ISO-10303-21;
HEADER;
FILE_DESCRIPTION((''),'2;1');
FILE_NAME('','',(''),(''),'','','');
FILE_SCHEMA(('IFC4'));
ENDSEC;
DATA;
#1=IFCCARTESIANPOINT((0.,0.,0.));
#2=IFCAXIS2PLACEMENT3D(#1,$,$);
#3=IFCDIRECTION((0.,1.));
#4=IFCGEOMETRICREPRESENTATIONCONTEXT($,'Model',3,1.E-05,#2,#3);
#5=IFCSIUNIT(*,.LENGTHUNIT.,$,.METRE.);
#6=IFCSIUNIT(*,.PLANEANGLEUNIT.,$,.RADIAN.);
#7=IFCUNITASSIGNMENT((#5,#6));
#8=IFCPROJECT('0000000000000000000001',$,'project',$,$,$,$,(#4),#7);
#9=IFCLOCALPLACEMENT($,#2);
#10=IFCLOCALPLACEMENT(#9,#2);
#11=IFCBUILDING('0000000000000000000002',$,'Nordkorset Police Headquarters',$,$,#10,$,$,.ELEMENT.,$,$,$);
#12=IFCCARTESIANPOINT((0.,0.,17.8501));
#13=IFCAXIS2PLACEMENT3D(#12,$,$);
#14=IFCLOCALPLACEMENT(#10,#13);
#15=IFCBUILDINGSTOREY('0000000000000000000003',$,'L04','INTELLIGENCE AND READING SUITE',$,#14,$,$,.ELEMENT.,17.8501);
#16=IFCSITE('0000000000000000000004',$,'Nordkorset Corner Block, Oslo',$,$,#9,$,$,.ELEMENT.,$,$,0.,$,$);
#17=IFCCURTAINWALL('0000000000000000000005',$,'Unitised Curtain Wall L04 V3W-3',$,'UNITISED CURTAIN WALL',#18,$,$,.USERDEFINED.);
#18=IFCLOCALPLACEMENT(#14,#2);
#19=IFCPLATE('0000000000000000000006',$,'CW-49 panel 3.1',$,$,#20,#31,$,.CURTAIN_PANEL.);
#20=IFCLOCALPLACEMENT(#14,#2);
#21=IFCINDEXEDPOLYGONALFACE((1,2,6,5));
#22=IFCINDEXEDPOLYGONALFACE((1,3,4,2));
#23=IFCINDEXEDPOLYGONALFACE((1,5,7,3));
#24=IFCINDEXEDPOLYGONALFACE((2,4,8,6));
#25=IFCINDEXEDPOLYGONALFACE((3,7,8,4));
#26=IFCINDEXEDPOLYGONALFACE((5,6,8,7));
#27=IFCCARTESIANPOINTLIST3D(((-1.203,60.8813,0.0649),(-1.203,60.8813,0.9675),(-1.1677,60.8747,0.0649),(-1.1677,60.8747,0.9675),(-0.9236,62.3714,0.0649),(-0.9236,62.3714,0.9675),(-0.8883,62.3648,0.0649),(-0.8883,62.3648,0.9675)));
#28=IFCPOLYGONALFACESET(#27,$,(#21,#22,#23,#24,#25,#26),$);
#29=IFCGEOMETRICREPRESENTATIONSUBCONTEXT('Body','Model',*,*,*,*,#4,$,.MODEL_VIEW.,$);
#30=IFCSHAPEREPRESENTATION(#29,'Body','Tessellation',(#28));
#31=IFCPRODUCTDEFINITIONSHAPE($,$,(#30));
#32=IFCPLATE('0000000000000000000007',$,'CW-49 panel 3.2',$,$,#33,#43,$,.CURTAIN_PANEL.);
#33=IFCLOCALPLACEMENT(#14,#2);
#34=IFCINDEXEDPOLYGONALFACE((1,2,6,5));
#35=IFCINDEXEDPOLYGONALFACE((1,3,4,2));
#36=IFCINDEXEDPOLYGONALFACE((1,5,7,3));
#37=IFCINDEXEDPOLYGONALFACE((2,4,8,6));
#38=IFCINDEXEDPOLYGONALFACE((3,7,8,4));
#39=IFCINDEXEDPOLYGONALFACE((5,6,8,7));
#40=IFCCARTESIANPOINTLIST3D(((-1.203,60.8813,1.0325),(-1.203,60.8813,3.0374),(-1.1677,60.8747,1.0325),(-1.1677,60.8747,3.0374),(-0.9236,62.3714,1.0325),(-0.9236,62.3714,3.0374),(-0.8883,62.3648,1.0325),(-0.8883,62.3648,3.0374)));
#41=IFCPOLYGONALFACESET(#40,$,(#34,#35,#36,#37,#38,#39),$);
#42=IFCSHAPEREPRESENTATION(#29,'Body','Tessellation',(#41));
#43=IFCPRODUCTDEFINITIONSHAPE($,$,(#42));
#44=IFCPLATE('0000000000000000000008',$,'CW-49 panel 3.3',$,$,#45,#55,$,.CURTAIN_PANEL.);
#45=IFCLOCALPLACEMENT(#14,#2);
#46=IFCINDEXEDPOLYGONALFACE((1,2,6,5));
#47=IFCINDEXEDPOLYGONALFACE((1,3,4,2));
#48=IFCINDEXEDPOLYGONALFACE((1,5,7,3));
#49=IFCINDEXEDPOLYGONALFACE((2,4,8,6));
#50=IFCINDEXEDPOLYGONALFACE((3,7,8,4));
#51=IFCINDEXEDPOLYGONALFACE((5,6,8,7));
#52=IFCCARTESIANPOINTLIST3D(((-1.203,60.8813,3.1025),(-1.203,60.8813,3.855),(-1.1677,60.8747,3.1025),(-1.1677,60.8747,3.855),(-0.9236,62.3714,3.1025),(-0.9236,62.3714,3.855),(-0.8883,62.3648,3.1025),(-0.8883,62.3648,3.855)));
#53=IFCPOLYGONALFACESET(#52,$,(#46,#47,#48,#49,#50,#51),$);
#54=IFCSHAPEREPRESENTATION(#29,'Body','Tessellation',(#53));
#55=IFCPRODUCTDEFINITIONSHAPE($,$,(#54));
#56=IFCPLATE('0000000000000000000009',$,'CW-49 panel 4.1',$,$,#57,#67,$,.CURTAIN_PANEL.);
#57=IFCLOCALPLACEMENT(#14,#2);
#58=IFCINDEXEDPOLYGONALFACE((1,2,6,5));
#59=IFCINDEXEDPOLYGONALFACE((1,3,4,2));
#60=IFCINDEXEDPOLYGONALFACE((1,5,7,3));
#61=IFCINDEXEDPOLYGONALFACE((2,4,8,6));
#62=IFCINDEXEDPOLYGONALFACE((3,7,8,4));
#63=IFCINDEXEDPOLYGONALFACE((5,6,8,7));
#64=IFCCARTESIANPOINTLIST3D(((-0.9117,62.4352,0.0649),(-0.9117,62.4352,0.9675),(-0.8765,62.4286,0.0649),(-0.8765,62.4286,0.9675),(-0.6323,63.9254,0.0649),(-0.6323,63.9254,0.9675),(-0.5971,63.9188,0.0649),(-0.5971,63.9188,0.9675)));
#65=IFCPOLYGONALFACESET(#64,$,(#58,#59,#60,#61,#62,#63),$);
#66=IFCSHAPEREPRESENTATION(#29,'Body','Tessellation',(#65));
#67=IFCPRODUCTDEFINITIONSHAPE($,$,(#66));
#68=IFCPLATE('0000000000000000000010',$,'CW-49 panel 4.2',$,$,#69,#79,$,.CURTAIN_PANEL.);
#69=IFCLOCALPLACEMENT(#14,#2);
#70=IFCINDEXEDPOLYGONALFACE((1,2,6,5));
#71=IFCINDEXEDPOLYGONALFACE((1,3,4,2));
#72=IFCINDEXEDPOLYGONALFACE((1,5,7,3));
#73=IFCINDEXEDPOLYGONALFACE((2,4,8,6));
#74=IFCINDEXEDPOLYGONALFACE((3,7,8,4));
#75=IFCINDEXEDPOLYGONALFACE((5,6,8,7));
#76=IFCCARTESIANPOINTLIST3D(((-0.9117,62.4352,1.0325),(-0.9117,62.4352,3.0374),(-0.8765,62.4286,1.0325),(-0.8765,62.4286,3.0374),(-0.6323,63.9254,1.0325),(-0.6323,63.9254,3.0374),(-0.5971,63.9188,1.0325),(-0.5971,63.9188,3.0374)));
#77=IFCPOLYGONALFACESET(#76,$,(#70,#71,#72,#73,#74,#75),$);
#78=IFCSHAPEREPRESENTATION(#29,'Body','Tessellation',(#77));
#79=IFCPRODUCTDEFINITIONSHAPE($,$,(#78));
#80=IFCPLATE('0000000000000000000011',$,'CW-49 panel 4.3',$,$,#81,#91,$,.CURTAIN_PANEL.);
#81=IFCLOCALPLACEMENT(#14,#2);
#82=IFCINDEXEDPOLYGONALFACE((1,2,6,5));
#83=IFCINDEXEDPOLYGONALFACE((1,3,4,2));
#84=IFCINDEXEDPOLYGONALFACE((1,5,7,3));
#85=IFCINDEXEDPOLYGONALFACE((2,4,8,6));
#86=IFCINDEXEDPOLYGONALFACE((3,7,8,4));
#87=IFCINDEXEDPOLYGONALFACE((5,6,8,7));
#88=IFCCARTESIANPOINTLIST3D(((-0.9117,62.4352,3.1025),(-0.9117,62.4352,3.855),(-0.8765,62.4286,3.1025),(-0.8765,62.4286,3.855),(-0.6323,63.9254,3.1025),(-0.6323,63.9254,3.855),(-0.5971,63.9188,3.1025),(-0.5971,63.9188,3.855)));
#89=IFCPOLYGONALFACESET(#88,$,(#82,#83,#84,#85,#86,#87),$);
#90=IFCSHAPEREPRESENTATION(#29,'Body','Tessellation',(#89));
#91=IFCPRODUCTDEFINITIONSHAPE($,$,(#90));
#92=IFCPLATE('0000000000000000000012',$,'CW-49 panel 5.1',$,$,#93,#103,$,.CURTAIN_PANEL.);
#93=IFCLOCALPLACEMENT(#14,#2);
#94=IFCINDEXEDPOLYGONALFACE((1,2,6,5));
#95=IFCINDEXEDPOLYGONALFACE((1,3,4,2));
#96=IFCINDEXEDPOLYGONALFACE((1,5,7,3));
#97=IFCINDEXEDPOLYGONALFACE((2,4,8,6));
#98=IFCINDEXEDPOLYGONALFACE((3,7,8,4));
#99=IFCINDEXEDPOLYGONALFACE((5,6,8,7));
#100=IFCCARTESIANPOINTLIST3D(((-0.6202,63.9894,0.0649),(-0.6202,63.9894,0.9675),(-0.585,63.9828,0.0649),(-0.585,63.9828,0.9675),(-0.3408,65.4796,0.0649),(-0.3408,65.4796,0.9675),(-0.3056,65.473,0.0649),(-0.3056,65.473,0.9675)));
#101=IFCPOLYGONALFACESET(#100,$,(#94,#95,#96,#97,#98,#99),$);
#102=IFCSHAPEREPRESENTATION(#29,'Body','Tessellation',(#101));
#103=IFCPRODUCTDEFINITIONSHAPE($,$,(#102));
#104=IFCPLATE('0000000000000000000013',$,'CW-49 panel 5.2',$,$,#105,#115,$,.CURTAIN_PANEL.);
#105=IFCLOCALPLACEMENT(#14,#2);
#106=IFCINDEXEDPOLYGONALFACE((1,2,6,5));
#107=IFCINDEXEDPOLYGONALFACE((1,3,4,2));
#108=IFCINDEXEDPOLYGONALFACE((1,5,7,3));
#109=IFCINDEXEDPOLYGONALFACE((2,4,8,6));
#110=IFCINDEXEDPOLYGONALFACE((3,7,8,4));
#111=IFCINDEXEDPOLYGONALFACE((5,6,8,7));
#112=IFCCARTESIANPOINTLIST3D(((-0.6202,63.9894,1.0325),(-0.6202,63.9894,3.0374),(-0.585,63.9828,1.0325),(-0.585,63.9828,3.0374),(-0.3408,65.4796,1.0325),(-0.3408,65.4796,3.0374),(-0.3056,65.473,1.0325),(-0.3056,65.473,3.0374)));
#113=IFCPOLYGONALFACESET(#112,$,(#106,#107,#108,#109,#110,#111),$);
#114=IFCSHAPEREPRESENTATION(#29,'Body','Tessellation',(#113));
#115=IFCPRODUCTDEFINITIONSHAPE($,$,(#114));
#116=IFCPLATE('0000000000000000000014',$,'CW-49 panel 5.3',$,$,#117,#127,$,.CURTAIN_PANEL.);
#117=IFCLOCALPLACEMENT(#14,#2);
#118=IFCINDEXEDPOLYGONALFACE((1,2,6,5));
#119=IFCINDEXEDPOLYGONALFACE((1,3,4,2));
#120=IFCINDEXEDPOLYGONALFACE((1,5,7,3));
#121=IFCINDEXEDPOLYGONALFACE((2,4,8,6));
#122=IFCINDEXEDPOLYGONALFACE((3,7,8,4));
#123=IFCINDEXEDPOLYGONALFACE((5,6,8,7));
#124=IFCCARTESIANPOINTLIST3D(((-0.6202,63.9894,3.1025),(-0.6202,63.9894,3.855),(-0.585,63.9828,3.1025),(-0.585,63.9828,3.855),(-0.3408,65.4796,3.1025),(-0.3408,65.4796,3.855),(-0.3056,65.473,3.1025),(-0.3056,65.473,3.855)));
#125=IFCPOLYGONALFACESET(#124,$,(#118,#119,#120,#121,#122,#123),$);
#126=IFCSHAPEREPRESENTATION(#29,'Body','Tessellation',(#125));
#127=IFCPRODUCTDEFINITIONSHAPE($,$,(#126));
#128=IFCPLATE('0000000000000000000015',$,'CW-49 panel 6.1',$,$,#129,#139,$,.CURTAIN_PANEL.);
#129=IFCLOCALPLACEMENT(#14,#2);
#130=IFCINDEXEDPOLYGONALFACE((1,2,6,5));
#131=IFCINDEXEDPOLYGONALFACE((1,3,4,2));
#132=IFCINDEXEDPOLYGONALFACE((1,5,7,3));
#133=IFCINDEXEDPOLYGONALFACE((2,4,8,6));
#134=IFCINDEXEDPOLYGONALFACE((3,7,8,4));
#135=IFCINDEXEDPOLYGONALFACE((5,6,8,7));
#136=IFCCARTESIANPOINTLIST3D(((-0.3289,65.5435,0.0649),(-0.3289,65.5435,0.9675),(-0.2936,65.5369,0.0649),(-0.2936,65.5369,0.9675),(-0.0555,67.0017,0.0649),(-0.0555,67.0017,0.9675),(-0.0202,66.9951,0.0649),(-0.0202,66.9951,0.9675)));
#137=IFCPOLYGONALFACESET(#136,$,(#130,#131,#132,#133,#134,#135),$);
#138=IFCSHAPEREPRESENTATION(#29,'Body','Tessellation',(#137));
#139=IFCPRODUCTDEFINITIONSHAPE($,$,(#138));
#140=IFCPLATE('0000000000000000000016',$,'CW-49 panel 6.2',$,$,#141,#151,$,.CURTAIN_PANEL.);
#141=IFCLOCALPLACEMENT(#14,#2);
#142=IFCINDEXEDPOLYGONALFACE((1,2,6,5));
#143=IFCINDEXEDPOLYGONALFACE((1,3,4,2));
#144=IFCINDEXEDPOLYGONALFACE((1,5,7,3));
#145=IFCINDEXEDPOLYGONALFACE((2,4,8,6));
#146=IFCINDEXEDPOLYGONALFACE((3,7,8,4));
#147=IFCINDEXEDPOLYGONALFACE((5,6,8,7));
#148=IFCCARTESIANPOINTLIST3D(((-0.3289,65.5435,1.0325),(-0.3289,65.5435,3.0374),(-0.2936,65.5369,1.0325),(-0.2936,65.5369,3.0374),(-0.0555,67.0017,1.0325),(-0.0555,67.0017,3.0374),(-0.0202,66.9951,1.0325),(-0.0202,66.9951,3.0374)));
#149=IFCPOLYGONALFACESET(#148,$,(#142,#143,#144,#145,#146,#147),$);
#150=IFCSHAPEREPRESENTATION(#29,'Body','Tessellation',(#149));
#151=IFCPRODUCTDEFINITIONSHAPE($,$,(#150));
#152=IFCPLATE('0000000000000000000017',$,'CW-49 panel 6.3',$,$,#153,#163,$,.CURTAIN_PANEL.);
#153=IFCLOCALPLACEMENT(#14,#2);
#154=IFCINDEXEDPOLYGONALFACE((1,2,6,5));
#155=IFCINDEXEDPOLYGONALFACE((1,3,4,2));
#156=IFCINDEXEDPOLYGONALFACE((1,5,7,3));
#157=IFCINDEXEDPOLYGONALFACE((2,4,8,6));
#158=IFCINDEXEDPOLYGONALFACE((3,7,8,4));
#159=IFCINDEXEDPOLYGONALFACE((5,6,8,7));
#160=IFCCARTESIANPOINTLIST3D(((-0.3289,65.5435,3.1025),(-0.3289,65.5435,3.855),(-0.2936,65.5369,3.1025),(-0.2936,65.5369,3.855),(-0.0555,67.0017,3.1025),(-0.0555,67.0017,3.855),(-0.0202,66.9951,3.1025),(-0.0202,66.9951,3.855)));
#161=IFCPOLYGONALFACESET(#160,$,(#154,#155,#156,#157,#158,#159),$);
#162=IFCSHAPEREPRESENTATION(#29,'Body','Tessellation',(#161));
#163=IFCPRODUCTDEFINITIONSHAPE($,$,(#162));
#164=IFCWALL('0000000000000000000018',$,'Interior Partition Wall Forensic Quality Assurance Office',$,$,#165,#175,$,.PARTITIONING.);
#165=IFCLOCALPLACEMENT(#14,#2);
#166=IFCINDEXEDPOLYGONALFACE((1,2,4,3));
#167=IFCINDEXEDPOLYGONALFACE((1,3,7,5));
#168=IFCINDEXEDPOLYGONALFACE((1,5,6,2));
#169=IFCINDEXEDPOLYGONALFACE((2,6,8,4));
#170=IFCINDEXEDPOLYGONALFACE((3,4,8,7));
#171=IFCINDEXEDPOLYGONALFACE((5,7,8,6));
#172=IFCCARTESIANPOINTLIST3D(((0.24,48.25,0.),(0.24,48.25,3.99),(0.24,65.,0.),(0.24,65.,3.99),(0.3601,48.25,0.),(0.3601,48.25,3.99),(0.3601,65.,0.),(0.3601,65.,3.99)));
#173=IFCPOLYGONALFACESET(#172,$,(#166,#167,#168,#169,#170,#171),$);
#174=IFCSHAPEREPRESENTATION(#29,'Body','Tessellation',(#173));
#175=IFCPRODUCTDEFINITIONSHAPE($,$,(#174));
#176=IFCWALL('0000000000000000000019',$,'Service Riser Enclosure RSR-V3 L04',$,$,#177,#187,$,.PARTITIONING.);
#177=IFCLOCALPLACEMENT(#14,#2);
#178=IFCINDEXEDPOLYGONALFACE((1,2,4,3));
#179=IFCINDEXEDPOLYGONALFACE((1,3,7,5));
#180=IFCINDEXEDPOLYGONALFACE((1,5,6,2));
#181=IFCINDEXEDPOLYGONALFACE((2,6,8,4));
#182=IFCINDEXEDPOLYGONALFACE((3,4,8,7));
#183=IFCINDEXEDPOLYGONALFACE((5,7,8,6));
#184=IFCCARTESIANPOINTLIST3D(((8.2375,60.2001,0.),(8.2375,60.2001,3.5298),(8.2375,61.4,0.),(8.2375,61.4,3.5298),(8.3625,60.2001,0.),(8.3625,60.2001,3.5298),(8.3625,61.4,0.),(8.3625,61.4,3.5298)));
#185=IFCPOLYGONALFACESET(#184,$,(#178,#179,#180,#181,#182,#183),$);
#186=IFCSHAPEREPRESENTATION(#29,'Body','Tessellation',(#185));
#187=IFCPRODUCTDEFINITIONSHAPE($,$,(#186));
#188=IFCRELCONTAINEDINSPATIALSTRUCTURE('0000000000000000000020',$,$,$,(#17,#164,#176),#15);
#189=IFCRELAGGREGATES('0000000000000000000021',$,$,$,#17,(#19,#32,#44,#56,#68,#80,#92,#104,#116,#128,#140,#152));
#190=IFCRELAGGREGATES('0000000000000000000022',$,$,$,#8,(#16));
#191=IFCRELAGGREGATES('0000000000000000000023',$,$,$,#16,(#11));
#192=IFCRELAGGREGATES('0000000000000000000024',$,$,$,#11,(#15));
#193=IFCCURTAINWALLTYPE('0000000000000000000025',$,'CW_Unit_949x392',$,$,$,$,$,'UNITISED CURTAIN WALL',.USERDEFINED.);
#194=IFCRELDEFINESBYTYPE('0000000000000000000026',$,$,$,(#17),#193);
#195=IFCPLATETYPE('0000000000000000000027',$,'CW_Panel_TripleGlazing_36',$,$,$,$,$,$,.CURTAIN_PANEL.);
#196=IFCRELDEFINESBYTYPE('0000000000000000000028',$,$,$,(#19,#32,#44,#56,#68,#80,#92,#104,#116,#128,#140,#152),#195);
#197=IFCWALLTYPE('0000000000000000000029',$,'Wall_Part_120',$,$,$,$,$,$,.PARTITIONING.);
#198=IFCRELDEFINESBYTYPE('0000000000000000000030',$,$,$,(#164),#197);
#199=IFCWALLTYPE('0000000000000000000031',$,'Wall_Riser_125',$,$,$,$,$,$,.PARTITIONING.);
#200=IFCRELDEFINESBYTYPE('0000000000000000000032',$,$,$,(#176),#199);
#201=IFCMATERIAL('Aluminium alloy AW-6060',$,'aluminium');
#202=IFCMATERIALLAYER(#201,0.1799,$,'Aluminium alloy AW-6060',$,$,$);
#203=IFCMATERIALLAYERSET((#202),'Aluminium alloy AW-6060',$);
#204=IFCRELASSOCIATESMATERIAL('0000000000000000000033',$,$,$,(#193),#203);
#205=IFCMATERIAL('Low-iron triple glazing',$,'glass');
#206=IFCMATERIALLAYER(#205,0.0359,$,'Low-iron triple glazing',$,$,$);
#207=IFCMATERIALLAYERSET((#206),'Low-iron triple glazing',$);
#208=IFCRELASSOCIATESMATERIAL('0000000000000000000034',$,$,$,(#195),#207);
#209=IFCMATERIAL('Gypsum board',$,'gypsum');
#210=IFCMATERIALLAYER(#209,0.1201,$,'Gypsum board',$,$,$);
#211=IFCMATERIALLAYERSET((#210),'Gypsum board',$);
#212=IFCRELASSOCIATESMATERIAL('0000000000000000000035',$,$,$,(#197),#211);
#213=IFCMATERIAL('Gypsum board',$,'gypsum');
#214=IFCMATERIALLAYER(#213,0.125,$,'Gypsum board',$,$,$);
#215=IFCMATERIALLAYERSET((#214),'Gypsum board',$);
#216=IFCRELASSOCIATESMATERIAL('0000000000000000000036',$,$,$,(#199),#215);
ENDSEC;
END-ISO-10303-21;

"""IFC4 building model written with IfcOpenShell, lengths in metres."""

from ifc_helpers import new_model, si_unit, direction, frame, frame_2d, origin, origin_2d, place, context, subcontext, project, spatial, rectangle, extrude, material, layer, layer_set, type_object, element, aggregate, save


model = new_model("IFC4")

# Units and contexts
model_context = context("Model", 3, precision=1e-05, world=origin(), true_north=direction((0.0, 1.0)))
body_context = subcontext(model_context, "Body", "Model", "MODEL_VIEW")
ifc_project = project(units=[si_unit("LENGTHUNIT", "METRE"), si_unit("PLANEANGLEUNIT", "RADIAN")], contexts=[model_context])

# Site, building, storey
site_placement = place(None, origin())
site = spatial("IfcSite", under=ifc_project, at=site_placement, Name="Nordkorset Corner Block, Oslo", CompositionType="ELEMENT", RefElevation=0.0)
building_placement = place(site_placement, origin())
building = spatial("IfcBuilding", under=site, at=building_placement, Name="Nordkorset Police Headquarters", CompositionType="ELEMENT")
storey_placement = place(building_placement, frame((0.0, 0.0, 17.8501)))
storey = spatial("IfcBuildingStorey", under=building, at=storey_placement, Name="L04", Description="INTELLIGENCE AND READING SUITE", CompositionType="ELEMENT", Elevation=17.8501)

# Curtain wall
ifc_material_1 = material(Name="Aluminium alloy AW-6060", Category="aluminium")
ifc_layer_1 = layer(ifc_material_1, 0.1799, Name="Aluminium alloy AW-6060")
ifc_layer_set_1 = layer_set([ifc_layer_1], Name="Aluminium alloy AW-6060")
curtain_wall_type = type_object("IfcCurtainWallType", Name="CW_Unit_949x392", ElementType="UNITISED CURTAIN WALL", PredefinedType="USERDEFINED", material=ifc_layer_set_1)
curtain_wall_placement = place(storey_placement, origin())
curtain_wall = element("IfcCurtainWall", 1, at=curtain_wall_placement, inside=storey, type_object=curtain_wall_type, Name="Unitised Curtain Wall L04 V3W-3", ObjectType="UNITISED CURTAIN WALL", PredefinedType="USERDEFINED")

# Plates
ifc_material_2 = material(Name="Low-iron triple glazing", Category="glass")
ifc_layer_2 = layer(ifc_material_2, 0.0359, Name="Low-iron triple glazing")
ifc_layer_set_2 = layer_set([ifc_layer_2], Name="Low-iron triple glazing")
plate_type = type_object("IfcPlateType", Name="CW_Panel_TripleGlazing_36", PredefinedType="CURTAIN_PANEL", material=ifc_layer_set_2)
plate_1_placement = place(storey_placement, frame((-1.0457, 61.623, 0.0649), z_axis=(0.0, 0.0, 1.0), x_axis=(0.184289, 0.982872, 0.0)))
plate_1 = element("IfcPlate", 2, at=plate_1_placement, type_object=plate_type, Name="CW-49 panel 3.1", PredefinedType="CURTAIN_PANEL", context=body_context, shape_type="SweptSolid", body=[
    extrude(rectangle(XDim=1.5161, YDim=0.0359, at=origin_2d()), origin(), (0.0, 0.0, 1.0), 0.9026),
])
plate_2_placement = place(storey_placement, frame((-1.0457, 61.623, 1.0325), z_axis=(0.0, 0.0, 1.0), x_axis=(0.184289, 0.982872, 0.0)))
plate_2 = element("IfcPlate", 3, at=plate_2_placement, type_object=plate_type, Name="CW-49 panel 3.2", PredefinedType="CURTAIN_PANEL", context=body_context, shape_type="SweptSolid", body=[
    extrude(rectangle(XDim=1.5161, YDim=0.0359, at=origin_2d()), origin(), (0.0, 0.0, 1.0), 2.0049),
])
plate_3_placement = place(storey_placement, frame((-1.0457, 61.623, 3.1025), z_axis=(0.0, 0.0, 1.0), x_axis=(0.184289, 0.982872, 0.0)))
plate_3 = element("IfcPlate", 4, at=plate_3_placement, type_object=plate_type, Name="CW-49 panel 3.3", PredefinedType="CURTAIN_PANEL", context=body_context, shape_type="SweptSolid", body=[
    extrude(rectangle(XDim=1.5161, YDim=0.0359, at=origin_2d()), origin(), (0.0, 0.0, 1.0), 0.7524),
])
plate_4_placement = place(storey_placement, frame((-0.7544, 63.177, 0.0649), z_axis=(0.0, 0.0, 1.0), x_axis=(0.184289, 0.982872, 0.0)))
plate_4 = element("IfcPlate", 5, at=plate_4_placement, type_object=plate_type, Name="CW-49 panel 4.1", PredefinedType="CURTAIN_PANEL", context=body_context, shape_type="SweptSolid", body=[
    extrude(rectangle(XDim=1.5161, YDim=0.0359, at=origin_2d()), origin(), (0.0, 0.0, 1.0), 0.9026),
])
plate_5_placement = place(storey_placement, frame((-0.7544, 63.177, 1.0325), z_axis=(0.0, 0.0, 1.0), x_axis=(0.184289, 0.982872, 0.0)))
plate_5 = element("IfcPlate", 6, at=plate_5_placement, type_object=plate_type, Name="CW-49 panel 4.2", PredefinedType="CURTAIN_PANEL", context=body_context, shape_type="SweptSolid", body=[
    extrude(rectangle(XDim=1.5161, YDim=0.0359, at=origin_2d()), origin(), (0.0, 0.0, 1.0), 2.0049),
])
plate_6_placement = place(storey_placement, frame((-0.7544, 63.177, 3.1025), z_axis=(0.0, 0.0, 1.0), x_axis=(0.184289, 0.982872, 0.0)))
plate_6 = element("IfcPlate", 7, at=plate_6_placement, type_object=plate_type, Name="CW-49 panel 4.3", PredefinedType="CURTAIN_PANEL", context=body_context, shape_type="SweptSolid", body=[
    extrude(rectangle(XDim=1.5161, YDim=0.0359, at=origin_2d()), origin(), (0.0, 0.0, 1.0), 0.7524),
])
plate_7_placement = place(storey_placement, frame((-0.4629, 64.7312, 0.0649), z_axis=(0.0, 0.0, 1.0), x_axis=(0.184289, 0.982872, 0.0)))
plate_7 = element("IfcPlate", 8, at=plate_7_placement, type_object=plate_type, Name="CW-49 panel 5.1", PredefinedType="CURTAIN_PANEL", context=body_context, shape_type="SweptSolid", body=[
    extrude(rectangle(XDim=1.5161, YDim=0.0359, at=origin_2d()), origin(), (0.0, 0.0, 1.0), 0.9026),
])
plate_8_placement = place(storey_placement, frame((-0.4629, 64.7312, 1.0325), z_axis=(0.0, 0.0, 1.0), x_axis=(0.184289, 0.982872, 0.0)))
plate_8 = element("IfcPlate", 9, at=plate_8_placement, type_object=plate_type, Name="CW-49 panel 5.2", PredefinedType="CURTAIN_PANEL", context=body_context, shape_type="SweptSolid", body=[
    extrude(rectangle(XDim=1.5161, YDim=0.0359, at=origin_2d()), origin(), (0.0, 0.0, 1.0), 2.0049),
])
plate_9_placement = place(storey_placement, frame((-0.4629, 64.7312, 3.1025), z_axis=(0.0, 0.0, 1.0), x_axis=(0.184289, 0.982872, 0.0)))
plate_9 = element("IfcPlate", 10, at=plate_9_placement, type_object=plate_type, Name="CW-49 panel 5.3", PredefinedType="CURTAIN_PANEL", context=body_context, shape_type="SweptSolid", body=[
    extrude(rectangle(XDim=1.5161, YDim=0.0359, at=origin_2d()), origin(), (0.0, 0.0, 1.0), 0.7524),
])
plate_10_placement = place(storey_placement, frame((-0.1746, 66.2693, 0.0649), z_axis=(0.0, 0.0, 1.0), x_axis=(0.184289, 0.982872, 0.0)))
plate_10 = element("IfcPlate", 11, at=plate_10_placement, type_object=plate_type, Name="CW-49 panel 6.1", PredefinedType="CURTAIN_PANEL", context=body_context, shape_type="SweptSolid", body=[
    extrude(rectangle(XDim=1.4836, YDim=0.0359, at=origin_2d()), origin(), (0.0, 0.0, 1.0), 0.9026),
])
plate_11_placement = place(storey_placement, frame((-0.1746, 66.2693, 1.0325), z_axis=(0.0, 0.0, 1.0), x_axis=(0.184289, 0.982872, 0.0)))
plate_11 = element("IfcPlate", 12, at=plate_11_placement, type_object=plate_type, Name="CW-49 panel 6.2", PredefinedType="CURTAIN_PANEL", context=body_context, shape_type="SweptSolid", body=[
    extrude(rectangle(XDim=1.4836, YDim=0.0359, at=origin_2d()), origin(), (0.0, 0.0, 1.0), 2.0049),
])
plate_12_placement = place(storey_placement, frame((-0.1746, 66.2693, 3.1025), z_axis=(0.0, 0.0, 1.0), x_axis=(0.184289, 0.982872, 0.0)))
plate_12 = element("IfcPlate", 13, at=plate_12_placement, type_object=plate_type, Name="CW-49 panel 6.3", PredefinedType="CURTAIN_PANEL", context=body_context, shape_type="SweptSolid", body=[
    extrude(rectangle(XDim=1.4836, YDim=0.0359, at=origin_2d()), origin(), (0.0, 0.0, 1.0), 0.7524),
])
aggregate(curtain_wall, [plate_1, plate_2, plate_3, plate_4, plate_5, plate_6, plate_7, plate_8, plate_9, plate_10, plate_11, plate_12])

# Walls
ifc_material_3 = material(Name="Gypsum board", Category="gypsum")
ifc_layer_3 = layer(ifc_material_3, 0.1201, Name="Gypsum board")
ifc_layer_set_3 = layer_set([ifc_layer_3], Name="Gypsum board")
wall_type_1 = type_object("IfcWallType", Name="Wall_Part_120", PredefinedType="PARTITIONING", material=ifc_layer_set_3)
wall_1_placement = place(storey_placement, frame((0.3, 65.0, 0.0), z_axis=(0.0, 0.0, 1.0), x_axis=(0.0, -1.0, 0.0)))
element("IfcWall", 14, at=wall_1_placement, inside=storey, type_object=wall_type_1, Name="Interior Partition Wall Forensic Quality Assurance Office", PredefinedType="PARTITIONING", context=body_context, shape_type="SweptSolid", body=[
    extrude(rectangle(XDim=16.75, YDim=0.1201, at=frame_2d((8.375, 0.0))), origin(), (0.0, 0.0, 1.0), 3.99),
])
ifc_material_4 = material(Name="Gypsum board", Category="gypsum")
ifc_layer_4 = layer(ifc_material_4, 0.125, Name="Gypsum board")
ifc_layer_set_4 = layer_set([ifc_layer_4], Name="Gypsum board")
wall_type_2 = type_object("IfcWallType", Name="Wall_Riser_125", PredefinedType="PARTITIONING", material=ifc_layer_set_4)
wall_2_placement = place(storey_placement, frame((8.3, 60.2, 0.0), z_axis=(0.0, 0.0, 1.0), x_axis=(0.0, 1.0, 0.0)))
element("IfcWall", 15, at=wall_2_placement, inside=storey, type_object=wall_type_2, Name="Service Riser Enclosure RSR-V3 L04", PredefinedType="PARTITIONING", context=body_context, shape_type="SweptSolid", body=[
    extrude(rectangle(XDim=1.2, YDim=0.125, at=frame_2d((0.6001, 0.0))), origin(), (0.0, 0.0, 1.0), 3.5298),
])

save(model, "model.ifc")
